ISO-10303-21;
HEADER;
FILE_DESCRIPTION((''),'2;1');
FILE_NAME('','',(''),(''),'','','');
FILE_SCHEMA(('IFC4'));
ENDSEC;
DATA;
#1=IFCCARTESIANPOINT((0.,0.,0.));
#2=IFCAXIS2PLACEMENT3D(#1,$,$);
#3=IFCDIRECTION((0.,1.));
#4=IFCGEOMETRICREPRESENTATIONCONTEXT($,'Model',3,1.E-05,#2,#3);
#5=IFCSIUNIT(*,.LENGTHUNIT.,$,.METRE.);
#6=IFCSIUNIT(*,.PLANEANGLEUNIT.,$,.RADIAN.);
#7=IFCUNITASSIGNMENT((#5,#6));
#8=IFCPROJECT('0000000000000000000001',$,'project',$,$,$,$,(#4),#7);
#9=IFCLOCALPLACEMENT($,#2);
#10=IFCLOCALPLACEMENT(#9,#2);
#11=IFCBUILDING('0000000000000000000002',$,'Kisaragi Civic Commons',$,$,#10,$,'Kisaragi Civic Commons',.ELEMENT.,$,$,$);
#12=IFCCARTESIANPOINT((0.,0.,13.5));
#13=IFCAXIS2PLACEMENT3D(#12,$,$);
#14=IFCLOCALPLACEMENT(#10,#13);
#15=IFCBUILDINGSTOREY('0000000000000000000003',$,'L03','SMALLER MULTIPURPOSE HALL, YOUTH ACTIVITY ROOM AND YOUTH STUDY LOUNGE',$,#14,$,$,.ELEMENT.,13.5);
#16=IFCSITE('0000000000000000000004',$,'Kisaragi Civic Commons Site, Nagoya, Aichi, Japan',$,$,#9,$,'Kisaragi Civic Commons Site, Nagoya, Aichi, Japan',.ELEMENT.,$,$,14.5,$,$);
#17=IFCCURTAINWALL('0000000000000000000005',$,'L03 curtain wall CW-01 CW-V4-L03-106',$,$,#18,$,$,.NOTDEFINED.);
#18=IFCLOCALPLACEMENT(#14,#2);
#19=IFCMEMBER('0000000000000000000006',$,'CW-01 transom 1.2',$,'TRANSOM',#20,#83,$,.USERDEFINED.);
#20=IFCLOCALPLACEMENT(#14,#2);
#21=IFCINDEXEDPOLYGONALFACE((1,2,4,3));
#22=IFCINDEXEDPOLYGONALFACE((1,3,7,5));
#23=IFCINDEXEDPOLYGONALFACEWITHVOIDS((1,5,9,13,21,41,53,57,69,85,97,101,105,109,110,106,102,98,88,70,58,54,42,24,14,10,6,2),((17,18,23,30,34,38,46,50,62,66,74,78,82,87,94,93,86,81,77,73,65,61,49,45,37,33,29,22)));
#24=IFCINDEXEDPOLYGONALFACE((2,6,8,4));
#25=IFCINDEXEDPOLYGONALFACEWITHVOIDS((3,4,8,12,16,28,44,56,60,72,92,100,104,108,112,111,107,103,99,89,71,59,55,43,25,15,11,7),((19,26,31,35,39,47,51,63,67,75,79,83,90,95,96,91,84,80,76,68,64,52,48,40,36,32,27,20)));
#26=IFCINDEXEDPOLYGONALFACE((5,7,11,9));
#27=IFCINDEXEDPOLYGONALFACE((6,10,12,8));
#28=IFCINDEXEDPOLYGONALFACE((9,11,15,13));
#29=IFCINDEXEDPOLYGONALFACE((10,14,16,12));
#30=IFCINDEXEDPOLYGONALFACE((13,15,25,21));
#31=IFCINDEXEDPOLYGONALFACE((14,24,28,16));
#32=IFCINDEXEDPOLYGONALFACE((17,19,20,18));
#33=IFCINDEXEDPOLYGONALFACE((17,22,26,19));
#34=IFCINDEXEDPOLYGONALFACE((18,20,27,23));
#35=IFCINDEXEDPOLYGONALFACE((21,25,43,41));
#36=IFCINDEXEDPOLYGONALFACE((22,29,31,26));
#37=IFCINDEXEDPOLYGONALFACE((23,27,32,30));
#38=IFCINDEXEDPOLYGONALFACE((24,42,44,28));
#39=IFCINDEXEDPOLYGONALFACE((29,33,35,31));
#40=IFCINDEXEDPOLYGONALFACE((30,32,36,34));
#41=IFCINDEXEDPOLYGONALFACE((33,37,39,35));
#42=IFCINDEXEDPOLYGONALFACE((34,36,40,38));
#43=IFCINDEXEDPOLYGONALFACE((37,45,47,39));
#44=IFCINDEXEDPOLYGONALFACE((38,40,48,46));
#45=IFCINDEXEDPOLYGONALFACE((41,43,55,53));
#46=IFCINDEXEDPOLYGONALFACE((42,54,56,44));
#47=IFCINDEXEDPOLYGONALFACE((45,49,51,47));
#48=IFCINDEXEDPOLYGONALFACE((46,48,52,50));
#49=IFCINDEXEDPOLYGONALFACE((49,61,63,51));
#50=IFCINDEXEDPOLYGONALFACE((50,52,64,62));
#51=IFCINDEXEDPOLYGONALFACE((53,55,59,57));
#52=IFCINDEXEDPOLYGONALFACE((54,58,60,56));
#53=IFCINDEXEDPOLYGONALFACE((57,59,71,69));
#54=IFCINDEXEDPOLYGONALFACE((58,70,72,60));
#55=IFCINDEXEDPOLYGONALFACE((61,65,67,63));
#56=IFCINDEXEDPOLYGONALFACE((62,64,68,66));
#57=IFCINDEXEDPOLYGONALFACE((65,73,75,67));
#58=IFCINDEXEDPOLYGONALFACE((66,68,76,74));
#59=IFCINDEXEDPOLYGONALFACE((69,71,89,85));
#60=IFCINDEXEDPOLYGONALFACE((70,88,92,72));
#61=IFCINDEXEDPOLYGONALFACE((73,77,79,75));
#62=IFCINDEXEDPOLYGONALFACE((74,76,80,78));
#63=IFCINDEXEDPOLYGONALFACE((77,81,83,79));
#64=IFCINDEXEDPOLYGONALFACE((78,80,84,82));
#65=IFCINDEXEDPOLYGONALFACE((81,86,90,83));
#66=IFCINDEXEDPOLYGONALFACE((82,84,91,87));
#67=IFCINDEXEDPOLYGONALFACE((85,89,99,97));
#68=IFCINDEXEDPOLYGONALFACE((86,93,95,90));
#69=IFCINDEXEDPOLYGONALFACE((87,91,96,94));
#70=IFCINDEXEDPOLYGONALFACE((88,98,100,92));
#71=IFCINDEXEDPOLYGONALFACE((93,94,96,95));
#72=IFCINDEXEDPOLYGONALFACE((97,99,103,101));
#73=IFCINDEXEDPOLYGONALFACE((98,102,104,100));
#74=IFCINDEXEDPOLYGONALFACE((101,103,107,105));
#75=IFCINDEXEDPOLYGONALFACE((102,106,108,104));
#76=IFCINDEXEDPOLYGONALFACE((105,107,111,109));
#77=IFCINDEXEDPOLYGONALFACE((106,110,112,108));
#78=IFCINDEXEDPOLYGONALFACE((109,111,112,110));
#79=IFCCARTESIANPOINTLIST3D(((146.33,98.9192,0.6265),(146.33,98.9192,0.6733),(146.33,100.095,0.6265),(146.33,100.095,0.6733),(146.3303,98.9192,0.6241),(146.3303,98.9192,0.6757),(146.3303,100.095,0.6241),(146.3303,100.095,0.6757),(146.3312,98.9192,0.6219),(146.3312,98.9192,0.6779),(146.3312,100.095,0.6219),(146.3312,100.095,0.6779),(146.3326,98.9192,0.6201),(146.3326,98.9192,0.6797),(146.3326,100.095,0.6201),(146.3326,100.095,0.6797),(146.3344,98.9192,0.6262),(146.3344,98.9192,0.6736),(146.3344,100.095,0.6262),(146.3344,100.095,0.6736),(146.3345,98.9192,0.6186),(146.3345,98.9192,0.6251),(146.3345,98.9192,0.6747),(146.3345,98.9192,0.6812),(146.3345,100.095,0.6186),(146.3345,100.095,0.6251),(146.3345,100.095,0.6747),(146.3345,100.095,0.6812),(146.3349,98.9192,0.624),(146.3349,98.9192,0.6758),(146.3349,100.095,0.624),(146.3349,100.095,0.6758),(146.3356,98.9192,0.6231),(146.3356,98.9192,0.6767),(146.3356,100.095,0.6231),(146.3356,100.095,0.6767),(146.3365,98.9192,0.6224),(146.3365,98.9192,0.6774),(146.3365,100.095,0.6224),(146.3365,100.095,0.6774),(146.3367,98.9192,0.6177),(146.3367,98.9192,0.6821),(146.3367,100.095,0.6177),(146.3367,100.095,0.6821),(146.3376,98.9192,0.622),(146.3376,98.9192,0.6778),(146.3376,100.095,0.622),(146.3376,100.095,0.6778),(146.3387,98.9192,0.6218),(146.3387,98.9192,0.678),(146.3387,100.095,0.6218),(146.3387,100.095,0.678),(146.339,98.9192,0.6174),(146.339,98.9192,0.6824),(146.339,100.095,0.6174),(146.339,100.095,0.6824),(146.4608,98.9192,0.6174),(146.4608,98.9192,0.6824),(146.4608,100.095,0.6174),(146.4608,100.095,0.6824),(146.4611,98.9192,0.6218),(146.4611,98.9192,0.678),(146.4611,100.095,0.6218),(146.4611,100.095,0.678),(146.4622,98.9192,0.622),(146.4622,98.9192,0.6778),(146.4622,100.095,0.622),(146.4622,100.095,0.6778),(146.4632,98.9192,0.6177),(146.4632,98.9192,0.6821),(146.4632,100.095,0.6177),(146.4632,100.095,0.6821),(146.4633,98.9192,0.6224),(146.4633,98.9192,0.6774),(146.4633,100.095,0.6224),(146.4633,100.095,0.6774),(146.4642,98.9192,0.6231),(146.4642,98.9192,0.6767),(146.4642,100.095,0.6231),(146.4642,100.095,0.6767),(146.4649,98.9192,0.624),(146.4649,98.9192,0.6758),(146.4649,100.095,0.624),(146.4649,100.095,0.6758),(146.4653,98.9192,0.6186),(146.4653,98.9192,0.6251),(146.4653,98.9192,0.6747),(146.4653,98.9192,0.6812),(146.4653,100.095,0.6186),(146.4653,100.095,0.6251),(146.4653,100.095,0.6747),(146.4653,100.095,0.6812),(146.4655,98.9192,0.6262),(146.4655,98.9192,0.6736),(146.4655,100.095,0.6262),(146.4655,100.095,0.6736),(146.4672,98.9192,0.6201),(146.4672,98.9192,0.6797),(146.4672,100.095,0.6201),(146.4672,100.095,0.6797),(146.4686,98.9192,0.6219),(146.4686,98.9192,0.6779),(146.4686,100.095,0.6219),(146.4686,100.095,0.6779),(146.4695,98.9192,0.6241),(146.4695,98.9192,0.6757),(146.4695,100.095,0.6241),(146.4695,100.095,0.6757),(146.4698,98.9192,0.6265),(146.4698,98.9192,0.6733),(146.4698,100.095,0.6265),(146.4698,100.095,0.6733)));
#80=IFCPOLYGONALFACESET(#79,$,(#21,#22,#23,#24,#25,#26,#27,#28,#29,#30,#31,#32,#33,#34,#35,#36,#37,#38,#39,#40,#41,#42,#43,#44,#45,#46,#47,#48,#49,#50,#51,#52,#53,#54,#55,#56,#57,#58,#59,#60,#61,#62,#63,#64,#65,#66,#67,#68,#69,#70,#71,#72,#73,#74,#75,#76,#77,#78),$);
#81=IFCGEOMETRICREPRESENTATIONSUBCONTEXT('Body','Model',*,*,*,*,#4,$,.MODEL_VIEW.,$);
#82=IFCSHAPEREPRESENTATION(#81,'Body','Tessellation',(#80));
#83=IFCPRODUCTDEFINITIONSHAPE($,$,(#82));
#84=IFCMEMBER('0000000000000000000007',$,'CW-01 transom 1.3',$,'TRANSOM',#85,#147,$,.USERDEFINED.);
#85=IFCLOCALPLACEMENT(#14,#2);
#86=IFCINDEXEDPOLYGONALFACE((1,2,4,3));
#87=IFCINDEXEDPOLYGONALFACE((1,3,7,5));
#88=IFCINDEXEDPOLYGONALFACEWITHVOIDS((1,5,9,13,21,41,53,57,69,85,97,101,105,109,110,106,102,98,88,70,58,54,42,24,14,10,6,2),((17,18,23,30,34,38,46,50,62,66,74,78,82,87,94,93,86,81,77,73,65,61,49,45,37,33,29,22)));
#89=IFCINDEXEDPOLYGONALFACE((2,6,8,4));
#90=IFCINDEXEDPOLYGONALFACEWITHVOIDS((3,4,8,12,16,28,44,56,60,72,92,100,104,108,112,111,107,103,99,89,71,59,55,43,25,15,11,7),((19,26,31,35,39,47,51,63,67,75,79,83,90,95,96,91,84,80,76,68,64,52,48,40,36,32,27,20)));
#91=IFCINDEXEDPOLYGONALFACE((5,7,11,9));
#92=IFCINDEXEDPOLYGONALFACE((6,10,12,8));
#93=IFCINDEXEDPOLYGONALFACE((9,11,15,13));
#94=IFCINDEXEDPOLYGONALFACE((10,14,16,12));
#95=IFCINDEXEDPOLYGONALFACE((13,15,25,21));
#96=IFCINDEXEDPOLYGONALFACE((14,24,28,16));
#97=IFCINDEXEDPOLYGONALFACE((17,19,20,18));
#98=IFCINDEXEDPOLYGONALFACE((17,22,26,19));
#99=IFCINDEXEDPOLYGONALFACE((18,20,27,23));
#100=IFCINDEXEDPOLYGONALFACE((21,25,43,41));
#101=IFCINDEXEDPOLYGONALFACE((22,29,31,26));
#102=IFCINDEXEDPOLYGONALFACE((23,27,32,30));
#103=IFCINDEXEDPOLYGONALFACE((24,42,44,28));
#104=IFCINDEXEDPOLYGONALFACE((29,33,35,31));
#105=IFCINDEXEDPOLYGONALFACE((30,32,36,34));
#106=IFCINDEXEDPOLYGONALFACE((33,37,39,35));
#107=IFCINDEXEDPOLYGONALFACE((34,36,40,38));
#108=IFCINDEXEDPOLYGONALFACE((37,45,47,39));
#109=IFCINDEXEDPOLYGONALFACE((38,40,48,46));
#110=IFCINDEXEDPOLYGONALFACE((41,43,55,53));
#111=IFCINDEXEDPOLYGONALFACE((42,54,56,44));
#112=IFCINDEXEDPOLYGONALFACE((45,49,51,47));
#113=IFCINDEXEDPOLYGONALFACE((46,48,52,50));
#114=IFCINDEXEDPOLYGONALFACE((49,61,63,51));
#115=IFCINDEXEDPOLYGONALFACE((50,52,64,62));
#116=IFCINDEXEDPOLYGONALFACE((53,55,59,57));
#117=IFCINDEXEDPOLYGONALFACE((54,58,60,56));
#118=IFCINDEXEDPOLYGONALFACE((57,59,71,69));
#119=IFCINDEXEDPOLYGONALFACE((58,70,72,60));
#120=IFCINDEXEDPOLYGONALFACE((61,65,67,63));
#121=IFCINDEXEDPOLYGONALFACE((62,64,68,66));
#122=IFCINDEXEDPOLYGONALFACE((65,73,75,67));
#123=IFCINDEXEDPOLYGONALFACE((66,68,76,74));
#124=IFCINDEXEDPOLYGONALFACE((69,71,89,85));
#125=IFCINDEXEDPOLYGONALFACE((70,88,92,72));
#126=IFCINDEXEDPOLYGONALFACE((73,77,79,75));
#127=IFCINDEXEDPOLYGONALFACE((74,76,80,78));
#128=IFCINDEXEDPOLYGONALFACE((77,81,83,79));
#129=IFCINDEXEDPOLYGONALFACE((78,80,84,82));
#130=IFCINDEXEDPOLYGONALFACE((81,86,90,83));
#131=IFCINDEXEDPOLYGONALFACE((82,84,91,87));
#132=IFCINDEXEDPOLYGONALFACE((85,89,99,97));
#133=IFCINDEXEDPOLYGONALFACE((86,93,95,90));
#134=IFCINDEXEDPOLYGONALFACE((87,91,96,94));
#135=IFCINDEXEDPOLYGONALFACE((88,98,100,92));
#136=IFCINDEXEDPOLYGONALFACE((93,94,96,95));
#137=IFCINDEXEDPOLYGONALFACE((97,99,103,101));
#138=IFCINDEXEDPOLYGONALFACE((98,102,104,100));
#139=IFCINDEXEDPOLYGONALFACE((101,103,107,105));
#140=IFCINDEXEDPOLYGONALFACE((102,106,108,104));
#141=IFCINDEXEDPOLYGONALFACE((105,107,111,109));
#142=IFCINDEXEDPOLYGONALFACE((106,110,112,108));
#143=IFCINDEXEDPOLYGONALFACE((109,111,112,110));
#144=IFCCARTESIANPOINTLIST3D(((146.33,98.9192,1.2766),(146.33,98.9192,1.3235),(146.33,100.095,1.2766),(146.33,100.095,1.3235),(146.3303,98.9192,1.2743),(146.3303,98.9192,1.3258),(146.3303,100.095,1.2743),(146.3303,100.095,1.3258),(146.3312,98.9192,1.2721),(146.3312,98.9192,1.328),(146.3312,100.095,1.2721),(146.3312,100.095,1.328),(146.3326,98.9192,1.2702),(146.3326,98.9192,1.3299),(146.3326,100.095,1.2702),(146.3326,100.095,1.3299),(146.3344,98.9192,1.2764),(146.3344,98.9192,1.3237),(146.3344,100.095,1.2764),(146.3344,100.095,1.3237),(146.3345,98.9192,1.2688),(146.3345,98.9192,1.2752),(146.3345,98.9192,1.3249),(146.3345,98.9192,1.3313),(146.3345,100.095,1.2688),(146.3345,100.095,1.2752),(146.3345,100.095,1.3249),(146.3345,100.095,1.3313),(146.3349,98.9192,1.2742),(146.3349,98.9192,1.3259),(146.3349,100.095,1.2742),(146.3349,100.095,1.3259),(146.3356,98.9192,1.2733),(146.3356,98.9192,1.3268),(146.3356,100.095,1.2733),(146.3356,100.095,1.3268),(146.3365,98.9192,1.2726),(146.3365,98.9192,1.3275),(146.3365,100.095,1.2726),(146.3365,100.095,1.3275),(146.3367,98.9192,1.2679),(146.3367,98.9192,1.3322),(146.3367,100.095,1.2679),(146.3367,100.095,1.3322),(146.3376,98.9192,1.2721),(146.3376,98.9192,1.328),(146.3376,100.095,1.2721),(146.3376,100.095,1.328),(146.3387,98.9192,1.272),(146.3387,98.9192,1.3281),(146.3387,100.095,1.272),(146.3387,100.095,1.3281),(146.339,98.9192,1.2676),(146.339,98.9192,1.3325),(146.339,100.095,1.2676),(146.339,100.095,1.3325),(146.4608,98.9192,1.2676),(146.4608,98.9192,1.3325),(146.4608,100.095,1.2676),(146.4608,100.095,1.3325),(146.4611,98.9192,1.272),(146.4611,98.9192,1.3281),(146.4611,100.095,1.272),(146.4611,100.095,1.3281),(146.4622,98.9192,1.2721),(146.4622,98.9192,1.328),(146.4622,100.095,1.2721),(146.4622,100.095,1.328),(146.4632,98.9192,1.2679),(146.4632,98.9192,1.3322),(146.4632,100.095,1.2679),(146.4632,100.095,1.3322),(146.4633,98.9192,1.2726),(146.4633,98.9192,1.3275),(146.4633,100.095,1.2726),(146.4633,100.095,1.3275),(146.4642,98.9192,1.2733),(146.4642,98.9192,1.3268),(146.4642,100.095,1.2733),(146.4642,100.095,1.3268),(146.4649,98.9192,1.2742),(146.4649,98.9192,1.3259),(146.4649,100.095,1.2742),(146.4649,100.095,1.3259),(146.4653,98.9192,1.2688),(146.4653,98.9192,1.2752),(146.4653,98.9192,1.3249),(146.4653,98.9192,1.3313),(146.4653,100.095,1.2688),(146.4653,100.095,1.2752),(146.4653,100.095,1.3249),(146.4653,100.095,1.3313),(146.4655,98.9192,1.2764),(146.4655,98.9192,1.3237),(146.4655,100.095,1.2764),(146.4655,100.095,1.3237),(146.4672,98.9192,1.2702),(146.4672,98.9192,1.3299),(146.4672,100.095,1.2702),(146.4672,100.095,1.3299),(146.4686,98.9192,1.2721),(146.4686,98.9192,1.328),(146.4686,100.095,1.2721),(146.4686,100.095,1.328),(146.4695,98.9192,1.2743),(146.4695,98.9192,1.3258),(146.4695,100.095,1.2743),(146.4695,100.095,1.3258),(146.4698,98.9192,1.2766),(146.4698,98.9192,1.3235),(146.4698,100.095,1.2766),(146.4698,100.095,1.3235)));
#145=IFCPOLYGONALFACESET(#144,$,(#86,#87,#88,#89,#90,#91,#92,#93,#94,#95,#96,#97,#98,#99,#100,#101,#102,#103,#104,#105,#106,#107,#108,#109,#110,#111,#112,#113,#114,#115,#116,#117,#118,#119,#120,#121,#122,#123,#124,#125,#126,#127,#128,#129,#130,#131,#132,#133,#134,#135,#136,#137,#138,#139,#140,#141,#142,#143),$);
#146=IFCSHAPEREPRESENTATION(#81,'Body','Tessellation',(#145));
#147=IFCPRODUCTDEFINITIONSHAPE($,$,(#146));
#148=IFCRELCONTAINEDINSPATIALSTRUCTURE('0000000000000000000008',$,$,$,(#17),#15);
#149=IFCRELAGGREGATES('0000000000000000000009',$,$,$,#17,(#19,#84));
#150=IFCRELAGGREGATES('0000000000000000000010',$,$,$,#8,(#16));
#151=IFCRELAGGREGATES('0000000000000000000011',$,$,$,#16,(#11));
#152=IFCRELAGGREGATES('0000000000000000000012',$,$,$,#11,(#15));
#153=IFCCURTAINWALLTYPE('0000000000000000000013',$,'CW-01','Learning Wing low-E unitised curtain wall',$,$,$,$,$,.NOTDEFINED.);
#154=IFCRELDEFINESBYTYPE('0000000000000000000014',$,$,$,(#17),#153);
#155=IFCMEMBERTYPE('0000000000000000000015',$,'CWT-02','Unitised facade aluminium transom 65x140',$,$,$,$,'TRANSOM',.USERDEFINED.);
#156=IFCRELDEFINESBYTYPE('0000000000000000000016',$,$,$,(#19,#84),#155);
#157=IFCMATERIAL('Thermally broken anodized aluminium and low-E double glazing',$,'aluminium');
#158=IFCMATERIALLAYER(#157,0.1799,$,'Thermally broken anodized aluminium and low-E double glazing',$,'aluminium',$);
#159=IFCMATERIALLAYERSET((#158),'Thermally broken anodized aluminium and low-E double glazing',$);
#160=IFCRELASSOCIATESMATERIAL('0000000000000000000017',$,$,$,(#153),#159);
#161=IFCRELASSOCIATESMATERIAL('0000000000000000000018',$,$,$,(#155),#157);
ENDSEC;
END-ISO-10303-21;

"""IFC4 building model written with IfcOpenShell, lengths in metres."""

from ifc_helpers import new_model, si_unit, direction, frame, origin, origin_2d, place, context, subcontext, project, spatial, hollow_rectangle, extrude, material, layer, layer_set, material_profile, profile_set, type_object, element, aggregate, save


model = new_model("IFC4")

# Units and contexts
model_context = context("Model", 3, precision=1e-05, world=origin(), true_north=direction((0.0, 1.0)))
body_context = subcontext(model_context, "Body", "Model", "MODEL_VIEW")
ifc_project = project(units=[si_unit("LENGTHUNIT", "METRE"), si_unit("PLANEANGLEUNIT", "RADIAN")], contexts=[model_context])

# Site, building, storey
site_placement = place(None, origin())
site = spatial("IfcSite", under=ifc_project, at=site_placement, Name="Kisaragi Civic Commons Site, Nagoya, Aichi, Japan", LongName="Kisaragi Civic Commons Site, Nagoya, Aichi, Japan", CompositionType="ELEMENT", RefElevation=14.5)
building_placement = place(site_placement, origin())
building = spatial("IfcBuilding", under=site, at=building_placement, Name="Kisaragi Civic Commons", LongName="Kisaragi Civic Commons", CompositionType="ELEMENT")
storey_placement = place(building_placement, frame((0.0, 0.0, 13.5)))
storey = spatial("IfcBuildingStorey", under=building, at=storey_placement, Name="L03", Description="SMALLER MULTIPURPOSE HALL, YOUTH ACTIVITY ROOM AND YOUTH STUDY LOUNGE", CompositionType="ELEMENT", Elevation=13.5)

# Curtain wall, members
ifc_material = material(Name="Thermally broken anodized aluminium and low-E double glazing", Category="aluminium")
ifc_layer_1 = layer(ifc_material, 0.1799, Name="Thermally broken anodized aluminium and low-E double glazing", Category="aluminium")
ifc_layer_set_1 = layer_set([ifc_layer_1], Name="Thermally broken anodized aluminium and low-E double glazing")
curtain_wall_type = type_object("IfcCurtainWallType", Name="CW-01", Description="Learning Wing low-E unitised curtain wall", PredefinedType="NOTDEFINED", material=ifc_layer_set_1)
curtain_wall_placement = place(storey_placement, origin())
curtain_wall = element("IfcCurtainWall", 1, at=curtain_wall_placement, inside=storey, type_object=curtain_wall_type, Name="L03 curtain wall CW-01 CW-V4-L03-106", PredefinedType="NOTDEFINED")
ifc_material_profile_1 = material_profile(ifc_material, hollow_rectangle(XDim=0.1399, YDim=0.0649, WallThickness=0.0044, InnerFilletRadius=0.0044, OuterFilletRadius=0.009, at=origin_2d()), Name="CWT-65x140x4.5", Category="aluminium")
ifc_profile_set_1 = profile_set([ifc_material_profile_1], Name="Thermally broken anodized aluminium and low-E double glazing")
member_type_1 = type_object("IfcMemberType", Name="CWT-02", Description="Unitised facade aluminium transom 65x140", ElementType="TRANSOM", PredefinedType="USERDEFINED", material=ifc_profile_set_1)
member_1_placement = place(storey_placement, frame((146.3999, 100.095, 0.6499), z_axis=(0.0, -1.0, 0.0), x_axis=(1.0, 0.0, 0.0)))
member_1 = element("IfcMember", 2, at=member_1_placement, type_object=member_type_1, Name="CW-01 transom 1.2", ObjectType="TRANSOM", PredefinedType="USERDEFINED", context=body_context, shape_type="SweptSolid", body=[
    extrude(hollow_rectangle(XDim=0.1399, YDim=0.0649, WallThickness=0.0044, InnerFilletRadius=0.0044, OuterFilletRadius=0.009, at=origin_2d()), origin(), (0.0, 0.0, 1.0), 1.1758),
])
member_2_placement = place(storey_placement, frame((146.3999, 100.095, 1.3), z_axis=(0.0, -1.0, 0.0), x_axis=(1.0, 0.0, 0.0)))
member_2 = element("IfcMember", 3, at=member_2_placement, type_object=member_type_1, Name="CW-01 transom 1.3", ObjectType="TRANSOM", PredefinedType="USERDEFINED", context=body_context, shape_type="SweptSolid", body=[
    extrude(hollow_rectangle(XDim=0.1399, YDim=0.0649, WallThickness=0.0044, InnerFilletRadius=0.0044, OuterFilletRadius=0.009, at=origin_2d()), origin(), (0.0, 0.0, 1.0), 1.1758),
])
aggregate(curtain_wall, [member_1, member_2])

save(model, "model.ifc")
